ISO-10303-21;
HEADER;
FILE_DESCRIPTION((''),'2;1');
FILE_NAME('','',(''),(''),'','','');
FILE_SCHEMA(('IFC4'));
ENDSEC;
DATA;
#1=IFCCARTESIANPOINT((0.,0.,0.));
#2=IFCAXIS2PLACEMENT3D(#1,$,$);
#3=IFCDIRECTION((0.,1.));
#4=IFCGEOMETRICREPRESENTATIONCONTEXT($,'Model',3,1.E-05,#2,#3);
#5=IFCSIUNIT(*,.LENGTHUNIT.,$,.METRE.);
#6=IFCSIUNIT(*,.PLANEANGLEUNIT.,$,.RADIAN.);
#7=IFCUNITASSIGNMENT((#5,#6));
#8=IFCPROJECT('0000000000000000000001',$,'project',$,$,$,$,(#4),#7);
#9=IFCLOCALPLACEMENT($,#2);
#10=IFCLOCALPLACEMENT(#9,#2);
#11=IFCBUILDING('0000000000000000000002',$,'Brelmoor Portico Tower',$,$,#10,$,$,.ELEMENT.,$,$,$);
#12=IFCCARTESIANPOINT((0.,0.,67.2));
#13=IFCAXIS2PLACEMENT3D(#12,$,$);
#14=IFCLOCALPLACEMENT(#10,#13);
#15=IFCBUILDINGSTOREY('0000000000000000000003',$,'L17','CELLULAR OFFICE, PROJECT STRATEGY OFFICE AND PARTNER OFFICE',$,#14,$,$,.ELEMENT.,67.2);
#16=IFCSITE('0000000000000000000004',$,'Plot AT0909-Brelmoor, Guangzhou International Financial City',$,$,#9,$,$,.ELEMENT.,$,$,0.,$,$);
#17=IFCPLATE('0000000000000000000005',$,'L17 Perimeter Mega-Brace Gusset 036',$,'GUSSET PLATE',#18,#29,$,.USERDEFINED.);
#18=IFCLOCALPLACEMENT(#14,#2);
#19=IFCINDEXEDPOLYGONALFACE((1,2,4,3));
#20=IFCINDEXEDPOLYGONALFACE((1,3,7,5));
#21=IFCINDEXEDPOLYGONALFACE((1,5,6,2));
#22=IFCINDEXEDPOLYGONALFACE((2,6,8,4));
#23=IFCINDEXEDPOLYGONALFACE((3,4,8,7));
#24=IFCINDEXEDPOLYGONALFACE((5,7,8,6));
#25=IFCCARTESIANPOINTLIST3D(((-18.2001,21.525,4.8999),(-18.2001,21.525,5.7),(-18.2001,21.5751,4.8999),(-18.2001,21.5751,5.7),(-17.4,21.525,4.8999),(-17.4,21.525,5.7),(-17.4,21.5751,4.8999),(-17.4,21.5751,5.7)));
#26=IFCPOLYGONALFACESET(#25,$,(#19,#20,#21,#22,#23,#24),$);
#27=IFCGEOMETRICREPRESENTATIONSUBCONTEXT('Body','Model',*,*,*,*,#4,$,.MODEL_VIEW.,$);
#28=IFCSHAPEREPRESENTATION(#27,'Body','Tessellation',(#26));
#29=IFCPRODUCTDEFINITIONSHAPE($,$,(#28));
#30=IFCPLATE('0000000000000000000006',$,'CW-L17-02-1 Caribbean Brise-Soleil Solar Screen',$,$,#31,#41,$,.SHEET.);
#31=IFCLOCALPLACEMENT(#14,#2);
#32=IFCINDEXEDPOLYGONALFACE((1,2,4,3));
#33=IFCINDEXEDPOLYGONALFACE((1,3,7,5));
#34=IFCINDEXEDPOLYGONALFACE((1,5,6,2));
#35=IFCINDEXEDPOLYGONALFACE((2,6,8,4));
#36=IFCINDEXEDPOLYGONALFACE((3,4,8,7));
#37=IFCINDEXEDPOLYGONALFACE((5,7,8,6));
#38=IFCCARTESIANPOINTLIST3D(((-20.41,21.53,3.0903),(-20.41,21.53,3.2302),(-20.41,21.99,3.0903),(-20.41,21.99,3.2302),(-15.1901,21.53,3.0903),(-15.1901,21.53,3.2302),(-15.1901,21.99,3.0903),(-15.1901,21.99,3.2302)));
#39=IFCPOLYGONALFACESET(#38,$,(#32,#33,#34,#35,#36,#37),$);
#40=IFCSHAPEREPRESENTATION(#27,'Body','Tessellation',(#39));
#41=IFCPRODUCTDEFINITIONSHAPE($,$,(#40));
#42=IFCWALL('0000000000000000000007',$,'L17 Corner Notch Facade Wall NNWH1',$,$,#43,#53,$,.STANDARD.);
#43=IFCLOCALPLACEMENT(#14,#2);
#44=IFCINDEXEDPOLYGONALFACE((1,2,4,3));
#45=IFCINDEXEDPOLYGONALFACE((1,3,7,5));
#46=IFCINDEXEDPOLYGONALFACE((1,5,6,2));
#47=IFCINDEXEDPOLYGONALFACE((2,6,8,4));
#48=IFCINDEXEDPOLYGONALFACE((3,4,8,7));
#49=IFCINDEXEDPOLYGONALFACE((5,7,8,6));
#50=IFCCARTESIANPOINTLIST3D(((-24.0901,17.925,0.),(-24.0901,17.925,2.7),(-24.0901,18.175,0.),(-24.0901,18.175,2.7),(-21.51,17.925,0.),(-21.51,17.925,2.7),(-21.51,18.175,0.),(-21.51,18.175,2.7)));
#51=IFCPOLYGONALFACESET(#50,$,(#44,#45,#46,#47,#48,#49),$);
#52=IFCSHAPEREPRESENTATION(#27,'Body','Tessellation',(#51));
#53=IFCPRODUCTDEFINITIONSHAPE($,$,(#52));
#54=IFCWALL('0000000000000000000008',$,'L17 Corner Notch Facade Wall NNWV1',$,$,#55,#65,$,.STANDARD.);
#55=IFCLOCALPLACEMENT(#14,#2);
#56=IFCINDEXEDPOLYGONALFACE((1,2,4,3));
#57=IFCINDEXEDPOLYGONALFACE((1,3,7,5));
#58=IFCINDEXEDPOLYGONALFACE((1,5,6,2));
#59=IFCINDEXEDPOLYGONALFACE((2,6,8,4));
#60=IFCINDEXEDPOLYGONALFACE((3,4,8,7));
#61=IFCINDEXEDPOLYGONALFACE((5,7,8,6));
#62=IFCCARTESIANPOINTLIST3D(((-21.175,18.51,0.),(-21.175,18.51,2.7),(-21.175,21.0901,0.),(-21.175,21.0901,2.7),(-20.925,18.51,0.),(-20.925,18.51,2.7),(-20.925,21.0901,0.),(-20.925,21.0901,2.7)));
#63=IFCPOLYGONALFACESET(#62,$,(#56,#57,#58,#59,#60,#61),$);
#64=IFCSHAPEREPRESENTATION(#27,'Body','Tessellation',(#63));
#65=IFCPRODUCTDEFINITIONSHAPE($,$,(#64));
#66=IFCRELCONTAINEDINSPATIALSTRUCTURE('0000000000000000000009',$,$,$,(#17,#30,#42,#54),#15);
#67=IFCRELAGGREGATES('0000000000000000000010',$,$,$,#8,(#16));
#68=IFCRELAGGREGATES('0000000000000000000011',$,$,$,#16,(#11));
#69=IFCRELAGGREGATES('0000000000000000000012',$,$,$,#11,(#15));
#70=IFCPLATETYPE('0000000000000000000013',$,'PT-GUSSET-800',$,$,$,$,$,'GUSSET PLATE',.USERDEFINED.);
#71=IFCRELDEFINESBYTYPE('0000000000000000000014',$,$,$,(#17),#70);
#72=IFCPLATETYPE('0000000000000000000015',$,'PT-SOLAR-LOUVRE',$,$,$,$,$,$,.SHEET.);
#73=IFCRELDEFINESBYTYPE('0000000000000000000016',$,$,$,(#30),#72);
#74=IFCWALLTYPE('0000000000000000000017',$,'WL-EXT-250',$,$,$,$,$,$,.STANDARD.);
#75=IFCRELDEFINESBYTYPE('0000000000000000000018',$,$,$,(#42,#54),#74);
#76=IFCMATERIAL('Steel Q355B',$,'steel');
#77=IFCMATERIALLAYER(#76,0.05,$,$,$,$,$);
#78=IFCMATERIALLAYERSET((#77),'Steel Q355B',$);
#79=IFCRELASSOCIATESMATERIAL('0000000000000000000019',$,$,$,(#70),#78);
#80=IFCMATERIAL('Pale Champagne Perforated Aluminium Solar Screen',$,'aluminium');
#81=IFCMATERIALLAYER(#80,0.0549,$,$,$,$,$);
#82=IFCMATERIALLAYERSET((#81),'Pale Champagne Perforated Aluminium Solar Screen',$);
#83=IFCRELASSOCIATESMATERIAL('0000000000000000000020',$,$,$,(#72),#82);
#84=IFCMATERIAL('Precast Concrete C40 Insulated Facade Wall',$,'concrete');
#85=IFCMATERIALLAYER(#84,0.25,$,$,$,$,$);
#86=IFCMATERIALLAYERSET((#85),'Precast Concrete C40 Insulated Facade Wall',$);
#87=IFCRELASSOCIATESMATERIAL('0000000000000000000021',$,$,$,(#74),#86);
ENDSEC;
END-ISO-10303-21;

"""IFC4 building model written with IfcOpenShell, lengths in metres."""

from ifc_helpers import new_model, si_unit, direction, frame, frame_2d, origin, origin_2d, place, context, subcontext, project, spatial, rectangle, extrude, material, layer, layer_set, type_object, element, save


model = new_model("IFC4")

# Units and contexts
model_context = context("Model", 3, precision=1e-05, world=origin(), true_north=direction((0.0, 1.0)))
body_context = subcontext(model_context, "Body", "Model", "MODEL_VIEW")
ifc_project = project(units=[si_unit("LENGTHUNIT", "METRE"), si_unit("PLANEANGLEUNIT", "RADIAN")], contexts=[model_context])

# Site, building, storey
site_placement = place(None, origin())
site = spatial("IfcSite", under=ifc_project, at=site_placement, Name="Plot AT0909-Brelmoor, Guangzhou International Financial City", CompositionType="ELEMENT", RefElevation=0.0)
building_placement = place(site_placement, origin())
building = spatial("IfcBuilding", under=site, at=building_placement, Name="Brelmoor Portico Tower", CompositionType="ELEMENT")
storey_placement = place(building_placement, frame((0.0, 0.0, 67.2)))
storey = spatial("IfcBuildingStorey", under=building, at=storey_placement, Name="L17", Description="CELLULAR OFFICE, PROJECT STRATEGY OFFICE AND PARTNER OFFICE", CompositionType="ELEMENT", Elevation=67.2)

# Shared definitions
ifc_material_1 = material(Name="Steel Q355B", Category="steel")

# Plates
ifc_layer_1 = layer(ifc_material_1, 0.05)
ifc_layer_set_1 = layer_set([ifc_layer_1], Name="Steel Q355B")
plate_type_1 = type_object("IfcPlateType", Name="PT-GUSSET-800", ElementType="GUSSET PLATE", PredefinedType="USERDEFINED", material=ifc_layer_set_1)
plate_1_placement = place(storey_placement, frame((-17.8, 21.55, 4.8999), z_axis=(0.0, 0.0, 1.0), x_axis=(1.0, 0.0, 0.0)))
element("IfcPlate", 1, at=plate_1_placement, inside=storey, type_object=plate_type_1, Name="L17 Perimeter Mega-Brace Gusset 036", ObjectType="GUSSET PLATE", PredefinedType="USERDEFINED", context=body_context, shape_type="SweptSolid", body=[
    extrude(rectangle(XDim=0.8, YDim=0.05, at=origin_2d()), origin(), (0.0, 0.0, 1.0), 0.8),
])
ifc_material_2 = material(Name="Pale Champagne Perforated Aluminium Solar Screen", Category="aluminium")
ifc_layer_2 = layer(ifc_material_2, 0.0549)
ifc_layer_set_2 = layer_set([ifc_layer_2], Name="Pale Champagne Perforated Aluminium Solar Screen")
plate_type_2 = type_object("IfcPlateType", Name="PT-SOLAR-LOUVRE", PredefinedType="SHEET", material=ifc_layer_set_2)
plate_2_placement = place(storey_placement, frame((-17.8, 21.76, 3.0903), z_axis=(0.0, 0.0, 1.0), x_axis=(1.0, 0.0, 0.0)))
element("IfcPlate", 2, at=plate_2_placement, inside=storey, type_object=plate_type_2, Name="CW-L17-02-1 Caribbean Brise-Soleil Solar Screen", PredefinedType="SHEET", context=body_context, shape_type="SweptSolid", body=[
    extrude(rectangle(XDim=5.22, YDim=0.46, at=origin_2d()), origin(), (0.0, 0.0, 1.0), 0.1399),
])

# Walls
ifc_material_3 = material(Name="Precast Concrete C40 Insulated Facade Wall", Category="concrete")
ifc_layer_3 = layer(ifc_material_3, 0.25)
ifc_layer_set_3 = layer_set([ifc_layer_3], Name="Precast Concrete C40 Insulated Facade Wall")
wall_type = type_object("IfcWallType", Name="WL-EXT-250", PredefinedType="STANDARD", material=ifc_layer_set_3)
for number, where, z_axis, x_axis, name in (
    (3, (-24.0901, 18.05, 0.0), (0.0, 0.0, 1.0), (1.0, 0.0, 0.0), "L17 Corner Notch Facade Wall NNWH1"),
    (4, (-21.05, 18.51, 0.0), (0.0, 0.0, 1.0), (0.0, 1.0, 0.0), "L17 Corner Notch Facade Wall NNWV1"),
):
    element("IfcWall", number, at=place(storey_placement, frame(where, z_axis=z_axis, x_axis=x_axis)), inside=storey, type_object=wall_type, Name=name, PredefinedType="STANDARD", context=body_context, shape_type="SweptSolid", body=[
        extrude(rectangle(XDim=2.5801, YDim=0.25, at=frame_2d((1.29, 0.0))), origin(), (0.0, 0.0, 1.0), 2.7),
    ])

save(model, "model.ifc")
